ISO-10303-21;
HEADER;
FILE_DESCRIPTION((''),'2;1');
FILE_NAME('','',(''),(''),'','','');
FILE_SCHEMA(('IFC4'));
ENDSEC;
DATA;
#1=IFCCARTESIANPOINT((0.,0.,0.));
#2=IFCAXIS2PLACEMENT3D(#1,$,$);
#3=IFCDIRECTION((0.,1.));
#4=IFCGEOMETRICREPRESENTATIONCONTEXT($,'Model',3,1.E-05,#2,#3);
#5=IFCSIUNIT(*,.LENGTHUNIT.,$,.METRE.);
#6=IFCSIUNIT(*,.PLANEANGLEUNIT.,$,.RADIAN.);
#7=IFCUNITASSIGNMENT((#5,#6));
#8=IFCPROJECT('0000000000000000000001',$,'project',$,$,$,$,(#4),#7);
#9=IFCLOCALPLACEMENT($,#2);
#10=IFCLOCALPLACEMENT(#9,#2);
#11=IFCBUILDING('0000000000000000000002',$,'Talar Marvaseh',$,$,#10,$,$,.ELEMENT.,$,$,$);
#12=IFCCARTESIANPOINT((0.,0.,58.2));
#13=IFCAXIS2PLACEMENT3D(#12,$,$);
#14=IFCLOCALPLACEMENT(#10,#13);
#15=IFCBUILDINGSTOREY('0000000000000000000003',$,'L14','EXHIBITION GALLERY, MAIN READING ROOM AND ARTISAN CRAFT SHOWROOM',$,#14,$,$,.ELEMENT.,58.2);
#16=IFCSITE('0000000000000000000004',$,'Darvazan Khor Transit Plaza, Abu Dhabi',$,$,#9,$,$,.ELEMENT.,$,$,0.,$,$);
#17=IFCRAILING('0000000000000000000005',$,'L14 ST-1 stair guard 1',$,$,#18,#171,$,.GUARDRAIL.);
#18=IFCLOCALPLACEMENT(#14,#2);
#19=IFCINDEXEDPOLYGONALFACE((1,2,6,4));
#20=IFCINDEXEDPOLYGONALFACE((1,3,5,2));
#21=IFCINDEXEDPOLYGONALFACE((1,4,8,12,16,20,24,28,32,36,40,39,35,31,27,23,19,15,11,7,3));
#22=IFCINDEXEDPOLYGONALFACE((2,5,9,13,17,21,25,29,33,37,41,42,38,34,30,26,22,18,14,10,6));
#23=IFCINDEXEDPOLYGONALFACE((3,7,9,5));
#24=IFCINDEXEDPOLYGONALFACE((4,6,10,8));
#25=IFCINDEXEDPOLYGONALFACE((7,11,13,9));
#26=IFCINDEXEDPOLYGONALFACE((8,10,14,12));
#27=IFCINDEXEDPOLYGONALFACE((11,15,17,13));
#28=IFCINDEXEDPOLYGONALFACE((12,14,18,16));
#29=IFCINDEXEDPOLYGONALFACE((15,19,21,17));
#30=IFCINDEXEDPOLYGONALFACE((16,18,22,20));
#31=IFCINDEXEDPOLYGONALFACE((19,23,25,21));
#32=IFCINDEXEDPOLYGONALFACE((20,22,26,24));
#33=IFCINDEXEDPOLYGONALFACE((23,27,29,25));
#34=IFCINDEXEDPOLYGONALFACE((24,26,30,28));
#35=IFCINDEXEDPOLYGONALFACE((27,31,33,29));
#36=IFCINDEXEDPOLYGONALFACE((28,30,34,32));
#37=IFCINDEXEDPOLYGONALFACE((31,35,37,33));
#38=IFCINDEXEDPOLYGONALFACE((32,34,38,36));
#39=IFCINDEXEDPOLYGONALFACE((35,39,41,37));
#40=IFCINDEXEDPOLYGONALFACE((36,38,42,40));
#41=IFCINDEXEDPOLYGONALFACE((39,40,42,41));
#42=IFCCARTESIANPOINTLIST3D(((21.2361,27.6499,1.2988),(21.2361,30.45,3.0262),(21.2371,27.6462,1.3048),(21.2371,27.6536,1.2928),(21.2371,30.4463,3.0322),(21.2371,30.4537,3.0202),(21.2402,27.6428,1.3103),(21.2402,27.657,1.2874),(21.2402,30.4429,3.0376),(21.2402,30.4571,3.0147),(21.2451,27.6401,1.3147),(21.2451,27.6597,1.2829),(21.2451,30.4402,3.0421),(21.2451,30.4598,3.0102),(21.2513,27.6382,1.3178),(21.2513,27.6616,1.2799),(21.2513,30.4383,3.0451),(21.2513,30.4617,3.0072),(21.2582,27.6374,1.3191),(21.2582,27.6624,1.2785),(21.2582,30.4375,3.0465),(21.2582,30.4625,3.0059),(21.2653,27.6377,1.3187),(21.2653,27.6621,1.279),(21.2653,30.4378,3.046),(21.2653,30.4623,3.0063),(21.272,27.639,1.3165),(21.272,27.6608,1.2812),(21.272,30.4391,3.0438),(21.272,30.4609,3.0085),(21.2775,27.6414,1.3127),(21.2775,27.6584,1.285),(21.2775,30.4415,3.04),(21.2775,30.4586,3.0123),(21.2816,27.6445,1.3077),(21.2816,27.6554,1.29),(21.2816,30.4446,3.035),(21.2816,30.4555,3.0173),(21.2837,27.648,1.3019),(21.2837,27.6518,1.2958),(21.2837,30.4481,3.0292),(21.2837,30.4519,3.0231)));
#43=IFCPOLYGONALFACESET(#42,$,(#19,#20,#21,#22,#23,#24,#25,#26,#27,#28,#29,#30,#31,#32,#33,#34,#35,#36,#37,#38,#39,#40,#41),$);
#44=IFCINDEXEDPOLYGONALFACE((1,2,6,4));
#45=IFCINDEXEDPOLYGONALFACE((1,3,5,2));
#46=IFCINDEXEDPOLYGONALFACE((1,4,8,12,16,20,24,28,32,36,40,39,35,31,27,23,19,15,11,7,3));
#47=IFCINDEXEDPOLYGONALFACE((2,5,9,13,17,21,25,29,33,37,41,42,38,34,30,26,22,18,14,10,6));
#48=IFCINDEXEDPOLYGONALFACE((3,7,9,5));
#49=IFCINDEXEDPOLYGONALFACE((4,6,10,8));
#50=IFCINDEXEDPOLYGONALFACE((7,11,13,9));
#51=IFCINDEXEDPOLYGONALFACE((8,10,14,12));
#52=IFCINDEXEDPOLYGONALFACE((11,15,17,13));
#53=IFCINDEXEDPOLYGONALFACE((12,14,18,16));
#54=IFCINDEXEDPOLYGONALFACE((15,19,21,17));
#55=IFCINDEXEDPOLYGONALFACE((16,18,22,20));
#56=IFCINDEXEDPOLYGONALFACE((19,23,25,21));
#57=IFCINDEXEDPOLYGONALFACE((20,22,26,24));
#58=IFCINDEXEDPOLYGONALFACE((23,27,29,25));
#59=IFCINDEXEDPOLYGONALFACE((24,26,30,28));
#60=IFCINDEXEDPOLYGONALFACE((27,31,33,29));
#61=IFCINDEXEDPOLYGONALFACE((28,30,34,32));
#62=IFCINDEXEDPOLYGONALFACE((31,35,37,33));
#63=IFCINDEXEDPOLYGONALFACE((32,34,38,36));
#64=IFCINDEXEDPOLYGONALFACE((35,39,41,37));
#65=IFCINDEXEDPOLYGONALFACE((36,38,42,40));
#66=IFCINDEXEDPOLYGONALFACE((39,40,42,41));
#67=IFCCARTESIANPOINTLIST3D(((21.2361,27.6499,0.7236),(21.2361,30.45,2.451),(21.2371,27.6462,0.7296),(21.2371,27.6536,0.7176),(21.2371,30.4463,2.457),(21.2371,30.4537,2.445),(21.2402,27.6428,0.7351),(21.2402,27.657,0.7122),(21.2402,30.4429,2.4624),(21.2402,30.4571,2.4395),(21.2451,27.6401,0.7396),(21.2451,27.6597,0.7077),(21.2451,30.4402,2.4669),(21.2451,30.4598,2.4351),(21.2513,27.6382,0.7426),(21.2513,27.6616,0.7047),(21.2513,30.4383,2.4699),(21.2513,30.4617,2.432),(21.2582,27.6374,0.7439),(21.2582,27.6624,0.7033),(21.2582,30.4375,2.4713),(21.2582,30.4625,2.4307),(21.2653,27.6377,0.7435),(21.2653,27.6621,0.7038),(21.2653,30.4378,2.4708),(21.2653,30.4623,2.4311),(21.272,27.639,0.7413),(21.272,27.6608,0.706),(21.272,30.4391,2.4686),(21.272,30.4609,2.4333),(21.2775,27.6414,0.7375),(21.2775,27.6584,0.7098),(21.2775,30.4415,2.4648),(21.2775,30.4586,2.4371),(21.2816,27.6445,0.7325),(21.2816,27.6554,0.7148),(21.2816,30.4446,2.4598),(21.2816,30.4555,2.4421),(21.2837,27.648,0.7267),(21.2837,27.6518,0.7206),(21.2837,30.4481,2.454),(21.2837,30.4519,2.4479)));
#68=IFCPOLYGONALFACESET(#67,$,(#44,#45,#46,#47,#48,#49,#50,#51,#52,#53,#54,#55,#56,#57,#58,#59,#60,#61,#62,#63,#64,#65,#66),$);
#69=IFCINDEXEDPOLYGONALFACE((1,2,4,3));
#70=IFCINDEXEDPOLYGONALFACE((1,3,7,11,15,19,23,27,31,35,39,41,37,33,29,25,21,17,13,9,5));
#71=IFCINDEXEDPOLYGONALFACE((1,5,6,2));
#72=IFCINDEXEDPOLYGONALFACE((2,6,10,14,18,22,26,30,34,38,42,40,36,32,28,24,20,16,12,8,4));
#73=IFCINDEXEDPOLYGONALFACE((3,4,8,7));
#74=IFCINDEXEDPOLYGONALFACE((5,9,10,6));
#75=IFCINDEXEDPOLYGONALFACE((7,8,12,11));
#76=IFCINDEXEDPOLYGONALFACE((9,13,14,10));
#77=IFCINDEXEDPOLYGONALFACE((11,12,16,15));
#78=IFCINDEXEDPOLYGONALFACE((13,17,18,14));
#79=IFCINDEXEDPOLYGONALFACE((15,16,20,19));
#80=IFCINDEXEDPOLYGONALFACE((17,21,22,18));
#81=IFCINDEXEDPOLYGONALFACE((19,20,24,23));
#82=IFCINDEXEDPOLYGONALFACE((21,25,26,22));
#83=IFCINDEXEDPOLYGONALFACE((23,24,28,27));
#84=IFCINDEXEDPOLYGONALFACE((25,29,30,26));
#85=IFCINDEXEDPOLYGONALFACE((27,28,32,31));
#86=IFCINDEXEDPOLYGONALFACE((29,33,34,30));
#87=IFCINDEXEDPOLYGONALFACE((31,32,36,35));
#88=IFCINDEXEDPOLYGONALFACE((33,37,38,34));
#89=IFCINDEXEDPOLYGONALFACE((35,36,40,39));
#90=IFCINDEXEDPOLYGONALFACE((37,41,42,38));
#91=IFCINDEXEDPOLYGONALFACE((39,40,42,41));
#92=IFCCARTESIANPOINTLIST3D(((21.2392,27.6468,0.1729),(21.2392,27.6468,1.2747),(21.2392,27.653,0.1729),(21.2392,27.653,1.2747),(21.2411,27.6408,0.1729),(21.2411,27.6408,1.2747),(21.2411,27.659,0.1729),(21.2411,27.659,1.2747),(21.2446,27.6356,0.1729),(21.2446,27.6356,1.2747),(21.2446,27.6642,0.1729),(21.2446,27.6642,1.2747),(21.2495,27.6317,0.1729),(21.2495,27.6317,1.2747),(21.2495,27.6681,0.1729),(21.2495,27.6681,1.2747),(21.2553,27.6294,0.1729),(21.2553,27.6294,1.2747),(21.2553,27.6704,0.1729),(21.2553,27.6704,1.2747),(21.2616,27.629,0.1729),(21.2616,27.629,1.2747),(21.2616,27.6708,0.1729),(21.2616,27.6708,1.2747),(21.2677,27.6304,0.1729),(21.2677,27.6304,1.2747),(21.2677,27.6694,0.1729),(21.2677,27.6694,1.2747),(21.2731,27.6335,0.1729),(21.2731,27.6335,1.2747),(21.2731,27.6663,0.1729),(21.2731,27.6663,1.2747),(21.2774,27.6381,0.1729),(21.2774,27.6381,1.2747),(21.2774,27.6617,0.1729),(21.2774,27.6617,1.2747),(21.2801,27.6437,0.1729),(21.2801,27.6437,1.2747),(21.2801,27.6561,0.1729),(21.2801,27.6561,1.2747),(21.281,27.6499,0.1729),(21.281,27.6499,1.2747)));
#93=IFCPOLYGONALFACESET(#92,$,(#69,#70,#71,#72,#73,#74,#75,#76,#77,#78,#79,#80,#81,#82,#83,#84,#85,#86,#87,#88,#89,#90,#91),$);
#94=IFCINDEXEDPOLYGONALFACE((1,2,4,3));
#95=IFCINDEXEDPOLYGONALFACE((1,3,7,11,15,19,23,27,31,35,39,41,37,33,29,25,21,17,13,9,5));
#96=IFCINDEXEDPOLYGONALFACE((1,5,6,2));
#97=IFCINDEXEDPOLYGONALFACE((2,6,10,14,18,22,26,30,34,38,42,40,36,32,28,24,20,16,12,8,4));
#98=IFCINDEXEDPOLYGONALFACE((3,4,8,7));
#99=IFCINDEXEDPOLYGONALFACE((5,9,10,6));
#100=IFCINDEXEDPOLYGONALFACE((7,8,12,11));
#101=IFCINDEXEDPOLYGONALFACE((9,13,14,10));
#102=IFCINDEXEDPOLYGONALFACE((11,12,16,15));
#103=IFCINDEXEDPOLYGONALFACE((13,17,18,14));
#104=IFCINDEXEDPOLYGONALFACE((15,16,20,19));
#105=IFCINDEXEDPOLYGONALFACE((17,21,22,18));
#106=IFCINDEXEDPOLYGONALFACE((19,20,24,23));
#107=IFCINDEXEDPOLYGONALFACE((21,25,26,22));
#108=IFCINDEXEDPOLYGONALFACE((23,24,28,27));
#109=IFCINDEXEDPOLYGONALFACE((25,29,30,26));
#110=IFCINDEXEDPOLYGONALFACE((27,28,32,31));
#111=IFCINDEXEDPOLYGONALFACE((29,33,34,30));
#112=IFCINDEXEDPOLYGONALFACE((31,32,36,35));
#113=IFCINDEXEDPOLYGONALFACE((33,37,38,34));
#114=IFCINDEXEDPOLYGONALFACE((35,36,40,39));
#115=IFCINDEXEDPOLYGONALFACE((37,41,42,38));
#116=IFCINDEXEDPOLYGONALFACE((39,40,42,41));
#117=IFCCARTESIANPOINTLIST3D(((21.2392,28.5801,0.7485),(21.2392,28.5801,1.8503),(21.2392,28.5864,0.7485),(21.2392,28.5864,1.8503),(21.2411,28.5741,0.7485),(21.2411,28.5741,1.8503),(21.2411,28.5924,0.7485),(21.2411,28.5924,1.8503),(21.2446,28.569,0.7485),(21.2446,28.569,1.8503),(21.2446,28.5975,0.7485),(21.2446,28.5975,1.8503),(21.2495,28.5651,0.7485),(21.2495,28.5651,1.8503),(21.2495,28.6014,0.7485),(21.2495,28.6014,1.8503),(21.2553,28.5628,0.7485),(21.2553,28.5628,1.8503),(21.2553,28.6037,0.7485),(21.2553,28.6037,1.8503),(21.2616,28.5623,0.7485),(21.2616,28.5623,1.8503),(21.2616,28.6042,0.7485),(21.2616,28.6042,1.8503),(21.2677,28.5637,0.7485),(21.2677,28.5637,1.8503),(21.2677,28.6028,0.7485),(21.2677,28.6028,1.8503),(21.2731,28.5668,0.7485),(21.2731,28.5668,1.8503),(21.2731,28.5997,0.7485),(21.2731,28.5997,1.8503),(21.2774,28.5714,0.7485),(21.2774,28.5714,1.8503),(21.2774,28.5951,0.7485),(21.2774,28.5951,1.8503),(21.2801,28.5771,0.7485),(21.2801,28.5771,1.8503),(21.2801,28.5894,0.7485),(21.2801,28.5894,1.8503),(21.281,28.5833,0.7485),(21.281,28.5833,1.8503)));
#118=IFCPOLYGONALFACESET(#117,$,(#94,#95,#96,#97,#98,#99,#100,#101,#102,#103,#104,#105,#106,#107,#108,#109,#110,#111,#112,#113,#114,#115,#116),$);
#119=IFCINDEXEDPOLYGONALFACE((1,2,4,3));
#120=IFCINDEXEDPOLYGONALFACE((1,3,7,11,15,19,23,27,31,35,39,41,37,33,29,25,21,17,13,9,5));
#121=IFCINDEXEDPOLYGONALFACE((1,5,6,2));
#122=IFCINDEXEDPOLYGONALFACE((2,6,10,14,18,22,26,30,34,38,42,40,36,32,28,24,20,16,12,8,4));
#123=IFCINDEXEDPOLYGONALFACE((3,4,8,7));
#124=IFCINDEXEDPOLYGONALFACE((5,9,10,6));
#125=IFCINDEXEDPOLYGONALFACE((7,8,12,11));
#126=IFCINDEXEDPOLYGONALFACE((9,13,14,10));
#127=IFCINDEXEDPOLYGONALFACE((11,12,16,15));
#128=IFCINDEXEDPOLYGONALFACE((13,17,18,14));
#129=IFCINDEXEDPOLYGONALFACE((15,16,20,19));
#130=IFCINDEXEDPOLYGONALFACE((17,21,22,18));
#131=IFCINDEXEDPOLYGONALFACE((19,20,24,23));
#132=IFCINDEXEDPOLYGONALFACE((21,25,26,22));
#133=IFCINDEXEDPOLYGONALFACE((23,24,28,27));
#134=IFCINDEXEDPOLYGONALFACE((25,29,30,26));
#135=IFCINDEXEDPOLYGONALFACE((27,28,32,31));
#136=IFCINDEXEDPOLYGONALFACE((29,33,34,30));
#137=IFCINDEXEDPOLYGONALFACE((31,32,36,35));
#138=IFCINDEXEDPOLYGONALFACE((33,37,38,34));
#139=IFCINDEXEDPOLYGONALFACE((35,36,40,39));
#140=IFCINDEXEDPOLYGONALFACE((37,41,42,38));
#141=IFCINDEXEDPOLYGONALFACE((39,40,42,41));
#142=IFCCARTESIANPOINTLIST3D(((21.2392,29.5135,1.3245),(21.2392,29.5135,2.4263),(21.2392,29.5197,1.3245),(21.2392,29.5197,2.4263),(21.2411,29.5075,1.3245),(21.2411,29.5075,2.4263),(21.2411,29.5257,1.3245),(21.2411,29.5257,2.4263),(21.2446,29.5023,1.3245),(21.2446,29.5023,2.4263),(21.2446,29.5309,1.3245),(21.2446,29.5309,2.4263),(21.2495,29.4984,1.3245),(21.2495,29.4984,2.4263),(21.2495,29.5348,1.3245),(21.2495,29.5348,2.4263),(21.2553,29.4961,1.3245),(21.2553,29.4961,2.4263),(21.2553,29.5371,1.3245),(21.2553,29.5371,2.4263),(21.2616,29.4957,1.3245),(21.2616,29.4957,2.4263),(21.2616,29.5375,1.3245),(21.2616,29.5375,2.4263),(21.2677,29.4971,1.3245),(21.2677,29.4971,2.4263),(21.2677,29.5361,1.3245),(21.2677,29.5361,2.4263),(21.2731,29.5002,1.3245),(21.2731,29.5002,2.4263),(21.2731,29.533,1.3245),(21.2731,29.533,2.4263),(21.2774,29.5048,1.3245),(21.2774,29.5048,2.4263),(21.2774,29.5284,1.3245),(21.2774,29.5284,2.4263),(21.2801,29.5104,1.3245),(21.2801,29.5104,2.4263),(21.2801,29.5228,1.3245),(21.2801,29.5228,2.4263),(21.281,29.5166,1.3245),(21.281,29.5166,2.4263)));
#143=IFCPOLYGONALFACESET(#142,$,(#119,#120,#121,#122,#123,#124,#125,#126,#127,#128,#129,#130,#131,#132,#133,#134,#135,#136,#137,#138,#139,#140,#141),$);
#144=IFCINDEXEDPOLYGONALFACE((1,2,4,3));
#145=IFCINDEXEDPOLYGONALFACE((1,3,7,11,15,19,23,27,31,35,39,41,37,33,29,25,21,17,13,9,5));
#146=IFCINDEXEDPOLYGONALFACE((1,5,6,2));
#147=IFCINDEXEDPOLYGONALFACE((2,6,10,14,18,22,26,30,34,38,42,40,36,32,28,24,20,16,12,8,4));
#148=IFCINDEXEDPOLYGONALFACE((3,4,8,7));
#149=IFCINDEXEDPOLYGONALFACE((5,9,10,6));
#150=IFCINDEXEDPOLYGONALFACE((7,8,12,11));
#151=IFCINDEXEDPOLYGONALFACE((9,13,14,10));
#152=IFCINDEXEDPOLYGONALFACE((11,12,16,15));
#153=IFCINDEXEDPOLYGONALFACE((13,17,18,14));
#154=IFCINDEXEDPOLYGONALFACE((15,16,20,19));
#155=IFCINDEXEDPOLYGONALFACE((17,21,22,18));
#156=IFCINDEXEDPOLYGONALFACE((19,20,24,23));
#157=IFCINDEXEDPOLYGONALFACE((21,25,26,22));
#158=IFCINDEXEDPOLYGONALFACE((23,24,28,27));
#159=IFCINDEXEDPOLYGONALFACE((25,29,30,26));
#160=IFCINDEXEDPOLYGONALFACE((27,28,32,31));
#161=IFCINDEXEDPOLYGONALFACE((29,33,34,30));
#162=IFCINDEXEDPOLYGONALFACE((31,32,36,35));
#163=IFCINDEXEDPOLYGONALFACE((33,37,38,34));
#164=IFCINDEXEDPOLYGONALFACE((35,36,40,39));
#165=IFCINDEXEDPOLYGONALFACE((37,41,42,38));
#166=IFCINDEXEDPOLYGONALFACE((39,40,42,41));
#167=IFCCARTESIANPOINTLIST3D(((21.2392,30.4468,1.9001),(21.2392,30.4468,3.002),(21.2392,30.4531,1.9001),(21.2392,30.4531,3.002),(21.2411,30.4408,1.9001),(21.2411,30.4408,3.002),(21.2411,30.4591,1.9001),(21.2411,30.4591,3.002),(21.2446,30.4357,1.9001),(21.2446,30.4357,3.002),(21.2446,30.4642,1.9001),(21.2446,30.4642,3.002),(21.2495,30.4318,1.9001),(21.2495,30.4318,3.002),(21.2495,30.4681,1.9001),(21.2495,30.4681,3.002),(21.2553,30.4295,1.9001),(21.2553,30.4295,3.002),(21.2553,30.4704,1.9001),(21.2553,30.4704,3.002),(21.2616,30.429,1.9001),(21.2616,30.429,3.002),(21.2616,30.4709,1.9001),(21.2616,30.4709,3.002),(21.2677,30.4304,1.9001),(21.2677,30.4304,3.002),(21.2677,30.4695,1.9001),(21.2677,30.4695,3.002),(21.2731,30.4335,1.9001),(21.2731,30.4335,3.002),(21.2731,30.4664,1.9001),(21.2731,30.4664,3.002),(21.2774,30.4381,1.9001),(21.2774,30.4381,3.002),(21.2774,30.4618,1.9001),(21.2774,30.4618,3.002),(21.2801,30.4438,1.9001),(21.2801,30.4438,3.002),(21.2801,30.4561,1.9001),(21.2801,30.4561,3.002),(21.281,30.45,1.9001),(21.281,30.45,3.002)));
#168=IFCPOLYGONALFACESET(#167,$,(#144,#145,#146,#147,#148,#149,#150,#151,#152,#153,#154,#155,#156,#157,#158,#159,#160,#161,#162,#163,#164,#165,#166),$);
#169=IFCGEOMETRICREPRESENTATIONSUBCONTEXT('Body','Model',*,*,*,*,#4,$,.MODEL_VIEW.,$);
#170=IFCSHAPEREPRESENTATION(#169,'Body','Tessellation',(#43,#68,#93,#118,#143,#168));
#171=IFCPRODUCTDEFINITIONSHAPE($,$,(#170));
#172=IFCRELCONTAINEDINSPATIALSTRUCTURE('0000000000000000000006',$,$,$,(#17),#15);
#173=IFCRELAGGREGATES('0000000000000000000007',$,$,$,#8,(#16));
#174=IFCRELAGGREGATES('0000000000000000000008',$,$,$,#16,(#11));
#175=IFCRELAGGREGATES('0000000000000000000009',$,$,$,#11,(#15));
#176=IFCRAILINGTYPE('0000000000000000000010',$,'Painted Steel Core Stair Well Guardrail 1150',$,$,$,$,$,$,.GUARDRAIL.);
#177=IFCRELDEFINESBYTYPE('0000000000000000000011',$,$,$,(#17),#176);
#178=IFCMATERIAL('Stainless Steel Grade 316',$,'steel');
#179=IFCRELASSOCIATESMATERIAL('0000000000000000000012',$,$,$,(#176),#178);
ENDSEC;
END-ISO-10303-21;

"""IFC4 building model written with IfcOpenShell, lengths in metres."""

from ifc_helpers import new_model, si_unit, direction, frame, origin, origin_2d, place, context, subcontext, project, spatial, circle, extrude, material, type_object, element, save


model = new_model("IFC4")

# Units and contexts
model_context = context("Model", 3, precision=1e-05, world=origin(), true_north=direction((0.0, 1.0)))
body_context = subcontext(model_context, "Body", "Model", "MODEL_VIEW")
ifc_project = project(units=[si_unit("LENGTHUNIT", "METRE"), si_unit("PLANEANGLEUNIT", "RADIAN")], contexts=[model_context])

# Site, building, storey
site_placement = place(None, origin())
site = spatial("IfcSite", under=ifc_project, at=site_placement, Name="Darvazan Khor Transit Plaza, Abu Dhabi", CompositionType="ELEMENT", RefElevation=0.0)
building_placement = place(site_placement, origin())
building = spatial("IfcBuilding", under=site, at=building_placement, Name="Talar Marvaseh", CompositionType="ELEMENT")
storey_placement = place(building_placement, frame((0.0, 0.0, 58.2)))
storey = spatial("IfcBuildingStorey", under=building, at=storey_placement, Name="L14", Description="EXHIBITION GALLERY, MAIN READING ROOM AND ARTISAN CRAFT SHOWROOM", CompositionType="ELEMENT", Elevation=58.2)

# Railing
ifc_material_1 = material(Name="Stainless Steel Grade 316", Category="steel")
railing_type_1 = type_object("IfcRailingType", Name="Painted Steel Core Stair Well Guardrail 1150", PredefinedType="GUARDRAIL", material=ifc_material_1)
railing_1_placement = place(storey_placement, frame((21.26, 27.6499, 0.1729)))
element("IfcRailing", 1, at=railing_1_placement, inside=storey, type_object=railing_type_1, Name="L14 ST-1 stair guard 1", PredefinedType="GUARDRAIL", context=body_context, shape_type="SweptSolid", body=[
    extrude(circle(Radius=0.0239, at=origin_2d()), frame((0.0, 0.0, 1.126), z_axis=(0.0, 0.85109, 0.52502), x_axis=(-1.0, 0.0, 0.0)), (0.0, 0.0, 1.0), 3.29),
    extrude(circle(Radius=0.0239, at=origin_2d()), frame((0.0, 0.0, 0.5508), z_axis=(0.0, 0.85109, 0.52502), x_axis=(-1.0, 0.0, 0.0)), (0.0, 0.0, 1.0), 3.29),
    extrude(circle(Radius=0.021, at=origin_2d()), origin(), (0.0, 0.0, 1.0), 1.1018),
    extrude(circle(Radius=0.021, at=origin_2d()), frame((0.0, 0.9333, 0.5757)), (0.0, 0.0, 1.0), 1.1018),
    extrude(circle(Radius=0.021, at=origin_2d()), frame((0.0, 1.8667, 1.1516)), (0.0, 0.0, 1.0), 1.1018),
    extrude(circle(Radius=0.021, at=origin_2d()), frame((0.0, 2.8, 1.7273)), (0.0, 0.0, 1.0), 1.1018),
])

save(model, "model.ifc")
